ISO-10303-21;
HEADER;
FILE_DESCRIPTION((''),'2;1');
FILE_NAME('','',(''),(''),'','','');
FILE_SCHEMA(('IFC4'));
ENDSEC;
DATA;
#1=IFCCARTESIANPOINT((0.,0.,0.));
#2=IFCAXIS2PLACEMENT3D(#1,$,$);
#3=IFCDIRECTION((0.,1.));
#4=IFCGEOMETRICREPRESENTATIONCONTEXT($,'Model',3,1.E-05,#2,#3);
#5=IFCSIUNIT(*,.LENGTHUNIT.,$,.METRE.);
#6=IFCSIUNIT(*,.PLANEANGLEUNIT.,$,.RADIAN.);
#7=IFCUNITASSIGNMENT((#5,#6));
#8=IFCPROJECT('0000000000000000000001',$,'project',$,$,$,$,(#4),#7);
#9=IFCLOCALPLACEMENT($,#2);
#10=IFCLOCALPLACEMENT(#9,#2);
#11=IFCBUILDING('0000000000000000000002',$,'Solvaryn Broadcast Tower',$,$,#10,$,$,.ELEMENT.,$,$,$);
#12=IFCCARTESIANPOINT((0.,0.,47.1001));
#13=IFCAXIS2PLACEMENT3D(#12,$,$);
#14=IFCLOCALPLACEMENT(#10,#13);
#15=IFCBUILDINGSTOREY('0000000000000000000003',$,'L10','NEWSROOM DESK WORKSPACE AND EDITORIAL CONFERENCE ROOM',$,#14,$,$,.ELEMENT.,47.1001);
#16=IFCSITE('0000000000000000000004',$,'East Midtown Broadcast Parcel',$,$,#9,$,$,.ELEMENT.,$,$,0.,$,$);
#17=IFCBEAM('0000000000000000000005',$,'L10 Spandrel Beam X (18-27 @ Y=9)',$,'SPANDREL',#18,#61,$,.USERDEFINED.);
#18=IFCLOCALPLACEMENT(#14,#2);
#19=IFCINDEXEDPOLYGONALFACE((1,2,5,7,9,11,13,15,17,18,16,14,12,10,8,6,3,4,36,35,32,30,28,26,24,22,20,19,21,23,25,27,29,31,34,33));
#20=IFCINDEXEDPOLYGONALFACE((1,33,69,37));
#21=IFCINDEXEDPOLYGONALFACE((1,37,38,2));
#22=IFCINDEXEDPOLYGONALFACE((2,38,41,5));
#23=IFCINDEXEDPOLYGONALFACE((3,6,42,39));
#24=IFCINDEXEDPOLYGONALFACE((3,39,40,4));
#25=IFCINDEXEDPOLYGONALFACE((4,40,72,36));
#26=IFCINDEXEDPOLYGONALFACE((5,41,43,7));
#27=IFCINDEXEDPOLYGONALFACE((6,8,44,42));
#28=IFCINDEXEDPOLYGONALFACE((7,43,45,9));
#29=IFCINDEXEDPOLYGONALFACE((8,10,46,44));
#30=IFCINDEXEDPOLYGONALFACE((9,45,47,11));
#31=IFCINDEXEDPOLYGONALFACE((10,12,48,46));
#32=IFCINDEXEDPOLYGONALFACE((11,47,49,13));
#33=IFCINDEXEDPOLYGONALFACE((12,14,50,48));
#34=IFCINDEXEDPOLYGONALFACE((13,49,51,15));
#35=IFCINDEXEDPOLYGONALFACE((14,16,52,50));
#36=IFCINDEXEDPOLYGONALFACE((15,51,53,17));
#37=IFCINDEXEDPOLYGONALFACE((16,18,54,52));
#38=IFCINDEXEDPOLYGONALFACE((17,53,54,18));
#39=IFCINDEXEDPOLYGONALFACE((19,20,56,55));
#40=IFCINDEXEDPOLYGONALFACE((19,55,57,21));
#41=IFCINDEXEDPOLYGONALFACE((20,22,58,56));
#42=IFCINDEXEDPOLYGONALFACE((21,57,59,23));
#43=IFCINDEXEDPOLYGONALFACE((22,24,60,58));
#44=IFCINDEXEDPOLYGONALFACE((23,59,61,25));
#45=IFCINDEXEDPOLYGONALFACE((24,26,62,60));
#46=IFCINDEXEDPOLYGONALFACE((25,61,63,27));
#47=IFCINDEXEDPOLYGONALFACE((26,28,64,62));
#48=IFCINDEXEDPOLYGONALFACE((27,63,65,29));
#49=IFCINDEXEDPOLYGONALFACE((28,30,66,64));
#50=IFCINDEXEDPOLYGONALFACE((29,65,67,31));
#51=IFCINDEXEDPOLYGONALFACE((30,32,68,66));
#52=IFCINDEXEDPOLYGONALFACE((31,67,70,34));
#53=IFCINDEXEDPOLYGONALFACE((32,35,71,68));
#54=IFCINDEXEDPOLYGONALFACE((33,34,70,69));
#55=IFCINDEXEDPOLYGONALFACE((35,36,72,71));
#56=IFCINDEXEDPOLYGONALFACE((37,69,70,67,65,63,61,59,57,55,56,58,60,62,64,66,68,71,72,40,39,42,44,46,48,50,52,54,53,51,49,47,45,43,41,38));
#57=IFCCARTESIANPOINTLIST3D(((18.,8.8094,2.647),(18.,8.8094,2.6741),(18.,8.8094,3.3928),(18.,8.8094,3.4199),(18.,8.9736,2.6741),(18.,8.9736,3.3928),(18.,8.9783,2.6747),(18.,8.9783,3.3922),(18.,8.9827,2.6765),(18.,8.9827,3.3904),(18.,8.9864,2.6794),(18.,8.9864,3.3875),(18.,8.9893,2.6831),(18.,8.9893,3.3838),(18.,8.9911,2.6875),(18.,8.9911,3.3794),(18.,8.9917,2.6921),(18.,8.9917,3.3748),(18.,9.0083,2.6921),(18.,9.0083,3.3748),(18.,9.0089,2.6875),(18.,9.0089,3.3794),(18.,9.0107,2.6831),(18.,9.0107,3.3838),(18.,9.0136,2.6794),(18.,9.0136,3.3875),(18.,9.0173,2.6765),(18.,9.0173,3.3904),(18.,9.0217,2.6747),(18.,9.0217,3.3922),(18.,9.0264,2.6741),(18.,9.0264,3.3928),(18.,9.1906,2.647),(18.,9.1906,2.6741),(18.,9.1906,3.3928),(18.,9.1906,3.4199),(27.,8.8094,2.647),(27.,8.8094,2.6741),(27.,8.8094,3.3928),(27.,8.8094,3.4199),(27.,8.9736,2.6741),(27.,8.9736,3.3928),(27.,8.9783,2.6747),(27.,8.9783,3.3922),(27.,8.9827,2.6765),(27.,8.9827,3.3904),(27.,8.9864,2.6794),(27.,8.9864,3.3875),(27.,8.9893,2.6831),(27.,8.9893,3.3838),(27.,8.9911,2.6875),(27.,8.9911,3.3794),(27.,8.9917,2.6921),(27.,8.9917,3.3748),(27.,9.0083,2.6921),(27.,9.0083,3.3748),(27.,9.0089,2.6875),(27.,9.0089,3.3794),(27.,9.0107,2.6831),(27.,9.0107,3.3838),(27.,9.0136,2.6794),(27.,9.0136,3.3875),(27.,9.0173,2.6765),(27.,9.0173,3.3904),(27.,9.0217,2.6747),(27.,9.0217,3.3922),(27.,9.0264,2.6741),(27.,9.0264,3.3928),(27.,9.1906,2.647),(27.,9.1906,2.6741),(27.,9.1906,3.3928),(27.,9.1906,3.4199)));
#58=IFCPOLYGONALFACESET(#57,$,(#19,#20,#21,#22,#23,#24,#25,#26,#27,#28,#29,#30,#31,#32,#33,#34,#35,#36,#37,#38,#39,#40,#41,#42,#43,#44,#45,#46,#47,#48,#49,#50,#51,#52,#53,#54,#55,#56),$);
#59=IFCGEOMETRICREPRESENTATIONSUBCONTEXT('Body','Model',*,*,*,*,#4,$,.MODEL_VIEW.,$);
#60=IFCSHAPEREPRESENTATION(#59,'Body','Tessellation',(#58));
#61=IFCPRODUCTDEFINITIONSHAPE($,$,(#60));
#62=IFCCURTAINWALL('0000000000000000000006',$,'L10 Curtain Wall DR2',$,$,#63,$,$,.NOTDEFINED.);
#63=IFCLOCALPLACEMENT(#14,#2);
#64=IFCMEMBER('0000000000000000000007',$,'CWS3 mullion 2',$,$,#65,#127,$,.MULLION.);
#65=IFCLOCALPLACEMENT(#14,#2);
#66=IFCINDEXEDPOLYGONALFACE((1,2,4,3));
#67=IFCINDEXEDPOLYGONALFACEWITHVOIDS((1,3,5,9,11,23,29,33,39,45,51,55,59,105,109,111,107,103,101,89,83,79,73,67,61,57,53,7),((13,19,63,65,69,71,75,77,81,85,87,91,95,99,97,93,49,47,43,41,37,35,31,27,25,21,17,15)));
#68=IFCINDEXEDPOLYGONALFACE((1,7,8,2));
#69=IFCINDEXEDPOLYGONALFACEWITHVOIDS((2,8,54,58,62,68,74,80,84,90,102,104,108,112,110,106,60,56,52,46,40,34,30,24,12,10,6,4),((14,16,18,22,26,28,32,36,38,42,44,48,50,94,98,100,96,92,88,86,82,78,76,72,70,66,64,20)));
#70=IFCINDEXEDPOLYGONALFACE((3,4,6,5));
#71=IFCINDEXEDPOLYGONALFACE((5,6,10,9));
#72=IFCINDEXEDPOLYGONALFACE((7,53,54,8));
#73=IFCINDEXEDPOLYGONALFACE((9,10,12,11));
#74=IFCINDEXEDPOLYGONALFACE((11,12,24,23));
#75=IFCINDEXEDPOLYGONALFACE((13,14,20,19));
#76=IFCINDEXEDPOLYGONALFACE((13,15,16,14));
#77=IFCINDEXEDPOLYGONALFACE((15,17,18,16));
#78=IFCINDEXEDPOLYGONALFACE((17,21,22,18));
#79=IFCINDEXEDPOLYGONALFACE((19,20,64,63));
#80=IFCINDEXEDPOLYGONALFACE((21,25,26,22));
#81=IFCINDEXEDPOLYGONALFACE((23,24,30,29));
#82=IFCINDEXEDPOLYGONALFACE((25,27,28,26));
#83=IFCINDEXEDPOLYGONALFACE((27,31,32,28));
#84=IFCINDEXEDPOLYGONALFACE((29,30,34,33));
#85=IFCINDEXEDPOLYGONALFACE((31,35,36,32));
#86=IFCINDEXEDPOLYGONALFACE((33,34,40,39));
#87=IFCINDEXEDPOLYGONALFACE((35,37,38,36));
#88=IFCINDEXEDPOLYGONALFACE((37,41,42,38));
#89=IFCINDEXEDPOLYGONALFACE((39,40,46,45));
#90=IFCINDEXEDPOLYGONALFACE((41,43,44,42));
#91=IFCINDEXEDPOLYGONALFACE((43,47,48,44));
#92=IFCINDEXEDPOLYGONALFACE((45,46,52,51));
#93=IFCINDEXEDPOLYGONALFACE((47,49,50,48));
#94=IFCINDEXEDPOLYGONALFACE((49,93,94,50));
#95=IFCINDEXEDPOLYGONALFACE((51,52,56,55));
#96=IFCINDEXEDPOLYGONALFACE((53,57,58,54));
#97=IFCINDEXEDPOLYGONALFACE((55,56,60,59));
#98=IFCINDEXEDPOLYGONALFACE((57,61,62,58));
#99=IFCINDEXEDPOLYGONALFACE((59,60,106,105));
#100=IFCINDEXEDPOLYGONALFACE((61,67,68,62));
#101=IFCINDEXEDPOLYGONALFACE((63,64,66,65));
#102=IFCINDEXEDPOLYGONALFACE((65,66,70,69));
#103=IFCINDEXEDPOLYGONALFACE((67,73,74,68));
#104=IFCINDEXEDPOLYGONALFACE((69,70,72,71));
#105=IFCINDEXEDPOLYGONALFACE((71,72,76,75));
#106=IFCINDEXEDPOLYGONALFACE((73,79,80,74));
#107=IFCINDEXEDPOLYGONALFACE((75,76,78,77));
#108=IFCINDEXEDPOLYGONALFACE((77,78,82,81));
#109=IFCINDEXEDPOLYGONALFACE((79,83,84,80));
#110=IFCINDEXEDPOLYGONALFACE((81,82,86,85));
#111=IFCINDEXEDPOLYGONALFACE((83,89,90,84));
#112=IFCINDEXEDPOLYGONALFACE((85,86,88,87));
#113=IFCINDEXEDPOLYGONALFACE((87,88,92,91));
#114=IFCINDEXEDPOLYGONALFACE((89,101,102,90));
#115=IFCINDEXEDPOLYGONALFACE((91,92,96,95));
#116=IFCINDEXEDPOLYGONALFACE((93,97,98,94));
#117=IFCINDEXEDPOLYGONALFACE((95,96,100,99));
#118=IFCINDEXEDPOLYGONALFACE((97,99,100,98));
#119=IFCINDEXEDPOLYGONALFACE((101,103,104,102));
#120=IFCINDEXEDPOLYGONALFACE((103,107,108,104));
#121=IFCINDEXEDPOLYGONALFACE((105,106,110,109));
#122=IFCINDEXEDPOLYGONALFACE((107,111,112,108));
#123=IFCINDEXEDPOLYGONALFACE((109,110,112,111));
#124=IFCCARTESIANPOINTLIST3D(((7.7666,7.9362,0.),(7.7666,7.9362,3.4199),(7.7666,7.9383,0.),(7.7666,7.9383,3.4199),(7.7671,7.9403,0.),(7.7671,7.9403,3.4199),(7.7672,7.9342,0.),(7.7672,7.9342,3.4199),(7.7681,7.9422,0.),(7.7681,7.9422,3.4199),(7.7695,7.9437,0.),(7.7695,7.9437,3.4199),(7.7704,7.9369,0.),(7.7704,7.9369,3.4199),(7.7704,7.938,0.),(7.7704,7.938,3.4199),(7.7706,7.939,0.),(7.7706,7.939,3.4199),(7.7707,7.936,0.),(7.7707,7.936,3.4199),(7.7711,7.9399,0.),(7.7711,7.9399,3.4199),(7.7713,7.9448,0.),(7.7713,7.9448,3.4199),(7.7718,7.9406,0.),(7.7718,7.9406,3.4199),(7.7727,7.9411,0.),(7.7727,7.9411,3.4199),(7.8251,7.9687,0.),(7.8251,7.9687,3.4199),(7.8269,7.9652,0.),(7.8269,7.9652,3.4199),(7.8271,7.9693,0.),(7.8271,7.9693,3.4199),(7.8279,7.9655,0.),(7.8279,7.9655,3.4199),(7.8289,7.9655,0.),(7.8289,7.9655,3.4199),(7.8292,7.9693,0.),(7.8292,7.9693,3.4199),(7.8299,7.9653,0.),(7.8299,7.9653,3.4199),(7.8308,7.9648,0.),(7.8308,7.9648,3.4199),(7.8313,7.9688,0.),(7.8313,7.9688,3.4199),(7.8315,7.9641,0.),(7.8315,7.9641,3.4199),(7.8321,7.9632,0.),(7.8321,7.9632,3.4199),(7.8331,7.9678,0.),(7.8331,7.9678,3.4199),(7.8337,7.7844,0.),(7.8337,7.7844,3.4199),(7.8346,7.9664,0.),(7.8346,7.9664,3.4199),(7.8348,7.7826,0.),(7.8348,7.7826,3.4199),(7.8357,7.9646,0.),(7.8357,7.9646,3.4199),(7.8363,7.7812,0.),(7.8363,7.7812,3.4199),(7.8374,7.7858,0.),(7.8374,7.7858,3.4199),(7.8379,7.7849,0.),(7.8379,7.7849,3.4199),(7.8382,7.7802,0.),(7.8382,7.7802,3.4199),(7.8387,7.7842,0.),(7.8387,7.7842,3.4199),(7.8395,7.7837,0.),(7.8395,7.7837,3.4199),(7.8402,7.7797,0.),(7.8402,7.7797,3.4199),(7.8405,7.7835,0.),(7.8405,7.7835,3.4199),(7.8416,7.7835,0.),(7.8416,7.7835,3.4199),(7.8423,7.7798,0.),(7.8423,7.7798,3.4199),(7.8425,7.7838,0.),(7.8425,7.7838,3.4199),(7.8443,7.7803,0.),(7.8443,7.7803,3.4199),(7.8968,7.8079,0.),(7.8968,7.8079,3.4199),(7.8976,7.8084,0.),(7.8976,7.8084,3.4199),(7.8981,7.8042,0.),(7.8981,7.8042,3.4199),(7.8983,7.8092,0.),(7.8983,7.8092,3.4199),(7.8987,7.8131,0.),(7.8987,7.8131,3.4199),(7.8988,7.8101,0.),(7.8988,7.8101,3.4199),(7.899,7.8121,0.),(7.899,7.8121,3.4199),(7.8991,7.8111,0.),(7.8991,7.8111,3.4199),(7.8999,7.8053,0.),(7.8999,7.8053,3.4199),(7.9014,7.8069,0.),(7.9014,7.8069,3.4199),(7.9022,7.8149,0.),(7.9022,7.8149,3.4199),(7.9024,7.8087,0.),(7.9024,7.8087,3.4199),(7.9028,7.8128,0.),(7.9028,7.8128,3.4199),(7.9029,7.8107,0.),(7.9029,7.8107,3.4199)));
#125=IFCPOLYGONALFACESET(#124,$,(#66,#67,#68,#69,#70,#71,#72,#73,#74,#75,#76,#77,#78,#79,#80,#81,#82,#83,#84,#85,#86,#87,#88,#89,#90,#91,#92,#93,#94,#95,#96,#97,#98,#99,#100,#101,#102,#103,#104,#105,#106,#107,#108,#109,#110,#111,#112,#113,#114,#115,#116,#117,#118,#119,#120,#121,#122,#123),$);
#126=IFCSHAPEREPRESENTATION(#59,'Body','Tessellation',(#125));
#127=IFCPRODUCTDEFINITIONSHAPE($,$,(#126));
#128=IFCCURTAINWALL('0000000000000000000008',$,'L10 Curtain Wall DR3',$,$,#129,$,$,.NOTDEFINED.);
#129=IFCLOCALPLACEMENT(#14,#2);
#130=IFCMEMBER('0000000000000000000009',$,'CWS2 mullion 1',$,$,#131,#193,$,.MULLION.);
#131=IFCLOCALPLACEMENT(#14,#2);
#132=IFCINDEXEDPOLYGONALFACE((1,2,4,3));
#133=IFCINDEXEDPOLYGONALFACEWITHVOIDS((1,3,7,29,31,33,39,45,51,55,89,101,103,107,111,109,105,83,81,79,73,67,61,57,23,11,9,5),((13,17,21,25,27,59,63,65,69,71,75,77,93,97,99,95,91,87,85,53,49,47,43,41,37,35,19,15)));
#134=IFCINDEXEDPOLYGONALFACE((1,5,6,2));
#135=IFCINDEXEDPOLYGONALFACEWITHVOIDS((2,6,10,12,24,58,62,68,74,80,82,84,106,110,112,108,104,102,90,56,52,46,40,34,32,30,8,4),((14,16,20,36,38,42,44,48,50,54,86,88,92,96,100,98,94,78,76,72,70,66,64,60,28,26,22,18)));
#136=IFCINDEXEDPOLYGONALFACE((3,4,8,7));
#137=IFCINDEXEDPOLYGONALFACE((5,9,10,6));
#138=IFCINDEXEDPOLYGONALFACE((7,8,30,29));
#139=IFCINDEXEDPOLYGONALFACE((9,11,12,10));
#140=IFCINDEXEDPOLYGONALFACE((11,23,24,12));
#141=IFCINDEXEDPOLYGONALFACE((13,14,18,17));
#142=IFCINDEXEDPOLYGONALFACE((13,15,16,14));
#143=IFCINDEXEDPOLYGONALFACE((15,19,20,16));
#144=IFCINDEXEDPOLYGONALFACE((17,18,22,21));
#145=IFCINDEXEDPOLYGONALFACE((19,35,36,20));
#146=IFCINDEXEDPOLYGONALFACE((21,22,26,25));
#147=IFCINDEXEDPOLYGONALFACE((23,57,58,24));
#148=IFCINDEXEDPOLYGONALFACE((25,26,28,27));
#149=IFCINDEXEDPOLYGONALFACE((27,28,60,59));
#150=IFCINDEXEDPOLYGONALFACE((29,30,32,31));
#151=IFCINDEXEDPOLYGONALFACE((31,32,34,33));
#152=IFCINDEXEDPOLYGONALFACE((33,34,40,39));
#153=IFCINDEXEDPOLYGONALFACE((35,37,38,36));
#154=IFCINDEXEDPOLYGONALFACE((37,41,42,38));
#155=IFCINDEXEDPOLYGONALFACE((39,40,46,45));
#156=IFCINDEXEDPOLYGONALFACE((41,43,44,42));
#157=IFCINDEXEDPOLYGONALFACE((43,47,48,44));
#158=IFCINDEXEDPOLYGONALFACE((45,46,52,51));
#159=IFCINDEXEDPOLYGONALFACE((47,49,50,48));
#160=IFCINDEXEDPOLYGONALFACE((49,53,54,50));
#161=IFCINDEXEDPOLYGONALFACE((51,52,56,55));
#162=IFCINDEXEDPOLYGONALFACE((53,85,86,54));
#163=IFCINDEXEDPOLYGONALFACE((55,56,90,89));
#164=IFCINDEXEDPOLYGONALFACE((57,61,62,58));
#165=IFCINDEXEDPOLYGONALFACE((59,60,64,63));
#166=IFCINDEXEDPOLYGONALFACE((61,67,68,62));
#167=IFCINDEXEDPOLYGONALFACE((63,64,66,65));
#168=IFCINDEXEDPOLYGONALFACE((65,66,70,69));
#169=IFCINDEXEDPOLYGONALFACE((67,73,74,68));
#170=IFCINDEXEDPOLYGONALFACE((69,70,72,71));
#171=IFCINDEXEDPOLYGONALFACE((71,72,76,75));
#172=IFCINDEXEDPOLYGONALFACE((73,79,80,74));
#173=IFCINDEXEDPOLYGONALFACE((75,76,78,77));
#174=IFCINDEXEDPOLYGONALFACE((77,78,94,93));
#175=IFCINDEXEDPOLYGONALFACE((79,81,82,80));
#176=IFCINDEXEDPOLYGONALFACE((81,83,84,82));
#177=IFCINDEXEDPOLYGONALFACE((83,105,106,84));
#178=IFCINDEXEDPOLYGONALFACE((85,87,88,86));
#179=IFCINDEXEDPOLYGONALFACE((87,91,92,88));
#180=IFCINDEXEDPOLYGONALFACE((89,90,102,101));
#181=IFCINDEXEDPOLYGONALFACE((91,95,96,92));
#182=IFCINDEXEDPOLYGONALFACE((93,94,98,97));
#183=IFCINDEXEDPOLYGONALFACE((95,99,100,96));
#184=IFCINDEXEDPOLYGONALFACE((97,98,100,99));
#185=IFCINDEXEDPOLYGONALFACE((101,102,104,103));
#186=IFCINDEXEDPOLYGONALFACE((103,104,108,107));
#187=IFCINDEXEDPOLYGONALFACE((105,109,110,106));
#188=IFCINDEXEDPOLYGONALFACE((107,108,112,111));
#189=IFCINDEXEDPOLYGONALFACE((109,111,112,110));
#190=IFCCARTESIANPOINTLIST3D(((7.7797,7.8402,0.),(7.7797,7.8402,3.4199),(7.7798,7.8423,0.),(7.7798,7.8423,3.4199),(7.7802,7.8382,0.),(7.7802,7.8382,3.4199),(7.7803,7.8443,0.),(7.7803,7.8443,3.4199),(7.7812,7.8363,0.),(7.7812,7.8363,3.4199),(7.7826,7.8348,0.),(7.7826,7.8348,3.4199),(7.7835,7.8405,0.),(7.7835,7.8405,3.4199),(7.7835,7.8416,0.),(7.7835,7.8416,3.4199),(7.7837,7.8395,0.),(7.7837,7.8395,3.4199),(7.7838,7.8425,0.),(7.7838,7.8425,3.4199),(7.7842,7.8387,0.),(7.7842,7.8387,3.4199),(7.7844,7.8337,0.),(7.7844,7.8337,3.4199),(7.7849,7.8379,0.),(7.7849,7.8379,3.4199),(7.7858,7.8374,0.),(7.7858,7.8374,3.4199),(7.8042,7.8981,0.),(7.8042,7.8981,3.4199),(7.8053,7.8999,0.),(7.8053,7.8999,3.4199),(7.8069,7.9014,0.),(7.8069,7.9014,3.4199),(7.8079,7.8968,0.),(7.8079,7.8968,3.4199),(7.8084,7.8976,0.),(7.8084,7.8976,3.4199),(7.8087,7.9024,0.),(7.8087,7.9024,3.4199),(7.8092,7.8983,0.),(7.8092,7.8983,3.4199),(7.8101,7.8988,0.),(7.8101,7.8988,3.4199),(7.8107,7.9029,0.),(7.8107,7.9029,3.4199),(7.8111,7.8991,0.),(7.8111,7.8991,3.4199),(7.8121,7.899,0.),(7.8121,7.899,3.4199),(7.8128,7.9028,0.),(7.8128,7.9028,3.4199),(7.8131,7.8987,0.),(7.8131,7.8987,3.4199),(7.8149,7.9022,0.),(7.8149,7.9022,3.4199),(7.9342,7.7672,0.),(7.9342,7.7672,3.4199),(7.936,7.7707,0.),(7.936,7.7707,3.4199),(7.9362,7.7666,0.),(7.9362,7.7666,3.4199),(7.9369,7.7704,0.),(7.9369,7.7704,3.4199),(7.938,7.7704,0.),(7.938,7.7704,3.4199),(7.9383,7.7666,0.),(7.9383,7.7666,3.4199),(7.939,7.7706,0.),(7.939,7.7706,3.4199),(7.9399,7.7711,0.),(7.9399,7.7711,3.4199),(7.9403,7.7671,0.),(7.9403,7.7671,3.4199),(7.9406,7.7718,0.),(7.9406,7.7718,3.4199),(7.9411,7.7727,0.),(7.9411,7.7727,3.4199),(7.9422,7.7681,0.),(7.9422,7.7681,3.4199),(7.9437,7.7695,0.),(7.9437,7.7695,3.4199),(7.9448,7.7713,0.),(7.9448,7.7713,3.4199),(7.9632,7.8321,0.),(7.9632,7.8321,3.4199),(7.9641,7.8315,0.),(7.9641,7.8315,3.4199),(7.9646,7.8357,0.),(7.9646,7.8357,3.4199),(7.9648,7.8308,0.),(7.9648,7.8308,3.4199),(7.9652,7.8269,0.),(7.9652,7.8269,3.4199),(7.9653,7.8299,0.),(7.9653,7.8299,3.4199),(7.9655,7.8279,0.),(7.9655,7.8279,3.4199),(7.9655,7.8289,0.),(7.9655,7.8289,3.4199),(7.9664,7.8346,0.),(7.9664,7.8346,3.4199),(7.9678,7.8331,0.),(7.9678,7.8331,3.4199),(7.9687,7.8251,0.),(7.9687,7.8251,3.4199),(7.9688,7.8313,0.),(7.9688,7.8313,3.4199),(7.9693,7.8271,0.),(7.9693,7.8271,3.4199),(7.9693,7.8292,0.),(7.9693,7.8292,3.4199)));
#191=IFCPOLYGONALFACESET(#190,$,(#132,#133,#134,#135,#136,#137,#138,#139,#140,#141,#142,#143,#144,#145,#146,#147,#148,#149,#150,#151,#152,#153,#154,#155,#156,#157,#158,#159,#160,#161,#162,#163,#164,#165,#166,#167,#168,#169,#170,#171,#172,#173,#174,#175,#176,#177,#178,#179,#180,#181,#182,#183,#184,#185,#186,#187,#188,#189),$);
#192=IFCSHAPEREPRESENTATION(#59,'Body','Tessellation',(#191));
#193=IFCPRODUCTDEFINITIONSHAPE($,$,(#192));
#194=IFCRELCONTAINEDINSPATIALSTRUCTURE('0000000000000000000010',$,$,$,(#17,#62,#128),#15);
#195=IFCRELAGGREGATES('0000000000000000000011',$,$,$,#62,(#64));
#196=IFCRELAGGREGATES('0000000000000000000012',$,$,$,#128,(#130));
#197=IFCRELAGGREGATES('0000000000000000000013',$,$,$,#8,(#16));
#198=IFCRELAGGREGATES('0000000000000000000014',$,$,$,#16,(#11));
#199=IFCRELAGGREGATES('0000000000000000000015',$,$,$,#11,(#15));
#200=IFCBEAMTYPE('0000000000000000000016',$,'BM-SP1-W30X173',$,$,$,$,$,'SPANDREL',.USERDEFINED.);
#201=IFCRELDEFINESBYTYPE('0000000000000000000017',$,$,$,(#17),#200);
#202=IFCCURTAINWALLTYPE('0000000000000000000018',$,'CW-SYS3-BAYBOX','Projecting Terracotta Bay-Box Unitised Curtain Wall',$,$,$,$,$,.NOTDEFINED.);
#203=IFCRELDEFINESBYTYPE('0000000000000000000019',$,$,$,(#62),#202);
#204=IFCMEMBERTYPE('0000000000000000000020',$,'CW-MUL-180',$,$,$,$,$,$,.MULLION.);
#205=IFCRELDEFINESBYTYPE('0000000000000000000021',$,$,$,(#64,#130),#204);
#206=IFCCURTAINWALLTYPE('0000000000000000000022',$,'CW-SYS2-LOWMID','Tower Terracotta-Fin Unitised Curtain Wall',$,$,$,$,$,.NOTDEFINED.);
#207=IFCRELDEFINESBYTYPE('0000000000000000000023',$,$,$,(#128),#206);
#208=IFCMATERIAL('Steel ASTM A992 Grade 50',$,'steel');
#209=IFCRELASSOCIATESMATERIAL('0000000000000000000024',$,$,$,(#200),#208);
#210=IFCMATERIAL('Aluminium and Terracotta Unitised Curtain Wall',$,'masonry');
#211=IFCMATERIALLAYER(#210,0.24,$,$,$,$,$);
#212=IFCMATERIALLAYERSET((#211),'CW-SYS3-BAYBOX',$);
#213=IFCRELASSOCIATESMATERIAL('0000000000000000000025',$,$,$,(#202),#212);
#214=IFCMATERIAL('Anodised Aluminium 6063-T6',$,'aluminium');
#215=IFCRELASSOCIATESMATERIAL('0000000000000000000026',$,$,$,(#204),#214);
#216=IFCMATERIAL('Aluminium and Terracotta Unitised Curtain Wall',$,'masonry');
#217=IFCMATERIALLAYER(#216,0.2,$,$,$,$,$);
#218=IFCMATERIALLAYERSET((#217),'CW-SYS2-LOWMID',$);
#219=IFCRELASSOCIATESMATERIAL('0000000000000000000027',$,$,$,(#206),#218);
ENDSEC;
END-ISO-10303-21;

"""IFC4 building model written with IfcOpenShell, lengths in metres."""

from ifc_helpers import new_model, si_unit, direction, frame, origin, origin_2d, place, context, subcontext, project, spatial, hollow_rectangle, i_section, extrude, material, layer, layer_set, material_profile, profile_set, type_object, element, aggregate, save


model = new_model("IFC4")

# Units and contexts
model_context = context("Model", 3, precision=1e-05, world=origin(), true_north=direction((0.0, 1.0)))
body_context = subcontext(model_context, "Body", "Model", "MODEL_VIEW")
ifc_project = project(units=[si_unit("LENGTHUNIT", "METRE"), si_unit("PLANEANGLEUNIT", "RADIAN")], contexts=[model_context])

# Site, building, storey
site_placement = place(None, origin())
site = spatial("IfcSite", under=ifc_project, at=site_placement, Name="East Midtown Broadcast Parcel", CompositionType="ELEMENT", RefElevation=0.0)
building_placement = place(site_placement, origin())
building = spatial("IfcBuilding", under=site, at=building_placement, Name="Solvaryn Broadcast Tower", CompositionType="ELEMENT")
storey_placement = place(building_placement, frame((0.0, 0.0, 47.1001)))
storey = spatial("IfcBuildingStorey", under=building, at=storey_placement, Name="L10", Description="NEWSROOM DESK WORKSPACE AND EDITORIAL CONFERENCE ROOM", CompositionType="ELEMENT", Elevation=47.1001)

# Beam
ifc_material_1 = material(Name="Steel ASTM A992 Grade 50", Category="steel")
ifc_material_profile_1 = material_profile(ifc_material_1, i_section(OverallWidth=0.3811, OverallDepth=0.7729, WebThickness=0.0166, FlangeThickness=0.0271, FilletRadius=0.0181, at=origin_2d()))
ifc_profile_set_1 = profile_set([ifc_material_profile_1], Name="Steel ASTM A992 Grade 50")
beam_type_1 = type_object("IfcBeamType", Name="BM-SP1-W30X173", ElementType="SPANDREL", PredefinedType="USERDEFINED", material=ifc_profile_set_1)
beam_1_placement = place(storey_placement, frame((18.0, 9.0, 3.0334), z_axis=(1.0, 0.0, 0.0), x_axis=(0.0, 1.0, 0.0)))
element("IfcBeam", 1, at=beam_1_placement, inside=storey, type_object=beam_type_1, Name="L10 Spandrel Beam X (18-27 @ Y=9)", ObjectType="SPANDREL", PredefinedType="USERDEFINED", context=body_context, shape_type="SweptSolid", body=[
    extrude(i_section(OverallWidth=0.3811, OverallDepth=0.7729, WebThickness=0.0166, FlangeThickness=0.0271, FilletRadius=0.0181, at=origin_2d()), origin(), (0.0, 0.0, 1.0), 9.0),
])

# Curtain wall, member
ifc_material_2 = material(Name="Aluminium and Terracotta Unitised Curtain Wall", Category="masonry")
ifc_layer_1 = layer(ifc_material_2, 0.24)
ifc_layer_set_1 = layer_set([ifc_layer_1], Name="CW-SYS3-BAYBOX")
curtain_wall_type_1 = type_object("IfcCurtainWallType", Name="CW-SYS3-BAYBOX", Description="Projecting Terracotta Bay-Box Unitised Curtain Wall", PredefinedType="NOTDEFINED", material=ifc_layer_set_1)
curtain_wall_1_placement = place(storey_placement, origin())
curtain_wall_1 = element("IfcCurtainWall", 2, at=curtain_wall_1_placement, inside=storey, type_object=curtain_wall_type_1, Name="L10 Curtain Wall DR2", PredefinedType="NOTDEFINED")
ifc_material_3 = material(Name="Anodised Aluminium 6063-T6", Category="aluminium")
ifc_material_profile_2 = material_profile(ifc_material_3, hollow_rectangle(XDim=0.075, YDim=0.1799, WallThickness=0.0039, InnerFilletRadius=0.0039, OuterFilletRadius=0.0081, at=origin_2d()))
ifc_profile_set_2 = profile_set([ifc_material_profile_2], Name="Anodised Aluminium 6063-T6")
member_type_1 = type_object("IfcMemberType", Name="CW-MUL-180", PredefinedType="MULLION", material=ifc_profile_set_2)
member_1_placement = place(storey_placement, frame((7.8347, 7.8745, 0.0), z_axis=(0.0, 0.0, 1.0), x_axis=(0.913918, 0.405898, 0.0)))
member_1 = element("IfcMember", 3, at=member_1_placement, type_object=member_type_1, Name="CWS3 mullion 2", PredefinedType="MULLION", context=body_context, shape_type="SweptSolid", body=[
    extrude(hollow_rectangle(XDim=0.075, YDim=0.1799, WallThickness=0.0039, InnerFilletRadius=0.0039, OuterFilletRadius=0.0081, at=origin_2d()), origin(), (0.0, 0.0, 1.0), 3.4199),
])
aggregate(curtain_wall_1, [member_1])

# Curtain wall, member
ifc_material_4 = material(Name="Aluminium and Terracotta Unitised Curtain Wall", Category="masonry")
ifc_layer_2 = layer(ifc_material_4, 0.2)
ifc_layer_set_2 = layer_set([ifc_layer_2], Name="CW-SYS2-LOWMID")
curtain_wall_type_2 = type_object("IfcCurtainWallType", Name="CW-SYS2-LOWMID", Description="Tower Terracotta-Fin Unitised Curtain Wall", PredefinedType="NOTDEFINED", material=ifc_layer_set_2)
curtain_wall_2_placement = place(storey_placement, origin())
curtain_wall_2 = element("IfcCurtainWall", 4, at=curtain_wall_2_placement, inside=storey, type_object=curtain_wall_type_2, Name="L10 Curtain Wall DR3", PredefinedType="NOTDEFINED")
member_2_placement = place(storey_placement, frame((7.8745, 7.8347, 0.0), z_axis=(0.0, 0.0, 1.0), x_axis=(0.405898, 0.913918, 0.0)))
member_2 = element("IfcMember", 5, at=member_2_placement, type_object=member_type_1, Name="CWS2 mullion 1", PredefinedType="MULLION", context=body_context, shape_type="SweptSolid", body=[
    extrude(hollow_rectangle(XDim=0.075, YDim=0.1799, WallThickness=0.0039, InnerFilletRadius=0.0039, OuterFilletRadius=0.0081, at=origin_2d()), origin(), (0.0, 0.0, 1.0), 3.4199),
])
aggregate(curtain_wall_2, [member_2])

save(model, "model.ifc")
